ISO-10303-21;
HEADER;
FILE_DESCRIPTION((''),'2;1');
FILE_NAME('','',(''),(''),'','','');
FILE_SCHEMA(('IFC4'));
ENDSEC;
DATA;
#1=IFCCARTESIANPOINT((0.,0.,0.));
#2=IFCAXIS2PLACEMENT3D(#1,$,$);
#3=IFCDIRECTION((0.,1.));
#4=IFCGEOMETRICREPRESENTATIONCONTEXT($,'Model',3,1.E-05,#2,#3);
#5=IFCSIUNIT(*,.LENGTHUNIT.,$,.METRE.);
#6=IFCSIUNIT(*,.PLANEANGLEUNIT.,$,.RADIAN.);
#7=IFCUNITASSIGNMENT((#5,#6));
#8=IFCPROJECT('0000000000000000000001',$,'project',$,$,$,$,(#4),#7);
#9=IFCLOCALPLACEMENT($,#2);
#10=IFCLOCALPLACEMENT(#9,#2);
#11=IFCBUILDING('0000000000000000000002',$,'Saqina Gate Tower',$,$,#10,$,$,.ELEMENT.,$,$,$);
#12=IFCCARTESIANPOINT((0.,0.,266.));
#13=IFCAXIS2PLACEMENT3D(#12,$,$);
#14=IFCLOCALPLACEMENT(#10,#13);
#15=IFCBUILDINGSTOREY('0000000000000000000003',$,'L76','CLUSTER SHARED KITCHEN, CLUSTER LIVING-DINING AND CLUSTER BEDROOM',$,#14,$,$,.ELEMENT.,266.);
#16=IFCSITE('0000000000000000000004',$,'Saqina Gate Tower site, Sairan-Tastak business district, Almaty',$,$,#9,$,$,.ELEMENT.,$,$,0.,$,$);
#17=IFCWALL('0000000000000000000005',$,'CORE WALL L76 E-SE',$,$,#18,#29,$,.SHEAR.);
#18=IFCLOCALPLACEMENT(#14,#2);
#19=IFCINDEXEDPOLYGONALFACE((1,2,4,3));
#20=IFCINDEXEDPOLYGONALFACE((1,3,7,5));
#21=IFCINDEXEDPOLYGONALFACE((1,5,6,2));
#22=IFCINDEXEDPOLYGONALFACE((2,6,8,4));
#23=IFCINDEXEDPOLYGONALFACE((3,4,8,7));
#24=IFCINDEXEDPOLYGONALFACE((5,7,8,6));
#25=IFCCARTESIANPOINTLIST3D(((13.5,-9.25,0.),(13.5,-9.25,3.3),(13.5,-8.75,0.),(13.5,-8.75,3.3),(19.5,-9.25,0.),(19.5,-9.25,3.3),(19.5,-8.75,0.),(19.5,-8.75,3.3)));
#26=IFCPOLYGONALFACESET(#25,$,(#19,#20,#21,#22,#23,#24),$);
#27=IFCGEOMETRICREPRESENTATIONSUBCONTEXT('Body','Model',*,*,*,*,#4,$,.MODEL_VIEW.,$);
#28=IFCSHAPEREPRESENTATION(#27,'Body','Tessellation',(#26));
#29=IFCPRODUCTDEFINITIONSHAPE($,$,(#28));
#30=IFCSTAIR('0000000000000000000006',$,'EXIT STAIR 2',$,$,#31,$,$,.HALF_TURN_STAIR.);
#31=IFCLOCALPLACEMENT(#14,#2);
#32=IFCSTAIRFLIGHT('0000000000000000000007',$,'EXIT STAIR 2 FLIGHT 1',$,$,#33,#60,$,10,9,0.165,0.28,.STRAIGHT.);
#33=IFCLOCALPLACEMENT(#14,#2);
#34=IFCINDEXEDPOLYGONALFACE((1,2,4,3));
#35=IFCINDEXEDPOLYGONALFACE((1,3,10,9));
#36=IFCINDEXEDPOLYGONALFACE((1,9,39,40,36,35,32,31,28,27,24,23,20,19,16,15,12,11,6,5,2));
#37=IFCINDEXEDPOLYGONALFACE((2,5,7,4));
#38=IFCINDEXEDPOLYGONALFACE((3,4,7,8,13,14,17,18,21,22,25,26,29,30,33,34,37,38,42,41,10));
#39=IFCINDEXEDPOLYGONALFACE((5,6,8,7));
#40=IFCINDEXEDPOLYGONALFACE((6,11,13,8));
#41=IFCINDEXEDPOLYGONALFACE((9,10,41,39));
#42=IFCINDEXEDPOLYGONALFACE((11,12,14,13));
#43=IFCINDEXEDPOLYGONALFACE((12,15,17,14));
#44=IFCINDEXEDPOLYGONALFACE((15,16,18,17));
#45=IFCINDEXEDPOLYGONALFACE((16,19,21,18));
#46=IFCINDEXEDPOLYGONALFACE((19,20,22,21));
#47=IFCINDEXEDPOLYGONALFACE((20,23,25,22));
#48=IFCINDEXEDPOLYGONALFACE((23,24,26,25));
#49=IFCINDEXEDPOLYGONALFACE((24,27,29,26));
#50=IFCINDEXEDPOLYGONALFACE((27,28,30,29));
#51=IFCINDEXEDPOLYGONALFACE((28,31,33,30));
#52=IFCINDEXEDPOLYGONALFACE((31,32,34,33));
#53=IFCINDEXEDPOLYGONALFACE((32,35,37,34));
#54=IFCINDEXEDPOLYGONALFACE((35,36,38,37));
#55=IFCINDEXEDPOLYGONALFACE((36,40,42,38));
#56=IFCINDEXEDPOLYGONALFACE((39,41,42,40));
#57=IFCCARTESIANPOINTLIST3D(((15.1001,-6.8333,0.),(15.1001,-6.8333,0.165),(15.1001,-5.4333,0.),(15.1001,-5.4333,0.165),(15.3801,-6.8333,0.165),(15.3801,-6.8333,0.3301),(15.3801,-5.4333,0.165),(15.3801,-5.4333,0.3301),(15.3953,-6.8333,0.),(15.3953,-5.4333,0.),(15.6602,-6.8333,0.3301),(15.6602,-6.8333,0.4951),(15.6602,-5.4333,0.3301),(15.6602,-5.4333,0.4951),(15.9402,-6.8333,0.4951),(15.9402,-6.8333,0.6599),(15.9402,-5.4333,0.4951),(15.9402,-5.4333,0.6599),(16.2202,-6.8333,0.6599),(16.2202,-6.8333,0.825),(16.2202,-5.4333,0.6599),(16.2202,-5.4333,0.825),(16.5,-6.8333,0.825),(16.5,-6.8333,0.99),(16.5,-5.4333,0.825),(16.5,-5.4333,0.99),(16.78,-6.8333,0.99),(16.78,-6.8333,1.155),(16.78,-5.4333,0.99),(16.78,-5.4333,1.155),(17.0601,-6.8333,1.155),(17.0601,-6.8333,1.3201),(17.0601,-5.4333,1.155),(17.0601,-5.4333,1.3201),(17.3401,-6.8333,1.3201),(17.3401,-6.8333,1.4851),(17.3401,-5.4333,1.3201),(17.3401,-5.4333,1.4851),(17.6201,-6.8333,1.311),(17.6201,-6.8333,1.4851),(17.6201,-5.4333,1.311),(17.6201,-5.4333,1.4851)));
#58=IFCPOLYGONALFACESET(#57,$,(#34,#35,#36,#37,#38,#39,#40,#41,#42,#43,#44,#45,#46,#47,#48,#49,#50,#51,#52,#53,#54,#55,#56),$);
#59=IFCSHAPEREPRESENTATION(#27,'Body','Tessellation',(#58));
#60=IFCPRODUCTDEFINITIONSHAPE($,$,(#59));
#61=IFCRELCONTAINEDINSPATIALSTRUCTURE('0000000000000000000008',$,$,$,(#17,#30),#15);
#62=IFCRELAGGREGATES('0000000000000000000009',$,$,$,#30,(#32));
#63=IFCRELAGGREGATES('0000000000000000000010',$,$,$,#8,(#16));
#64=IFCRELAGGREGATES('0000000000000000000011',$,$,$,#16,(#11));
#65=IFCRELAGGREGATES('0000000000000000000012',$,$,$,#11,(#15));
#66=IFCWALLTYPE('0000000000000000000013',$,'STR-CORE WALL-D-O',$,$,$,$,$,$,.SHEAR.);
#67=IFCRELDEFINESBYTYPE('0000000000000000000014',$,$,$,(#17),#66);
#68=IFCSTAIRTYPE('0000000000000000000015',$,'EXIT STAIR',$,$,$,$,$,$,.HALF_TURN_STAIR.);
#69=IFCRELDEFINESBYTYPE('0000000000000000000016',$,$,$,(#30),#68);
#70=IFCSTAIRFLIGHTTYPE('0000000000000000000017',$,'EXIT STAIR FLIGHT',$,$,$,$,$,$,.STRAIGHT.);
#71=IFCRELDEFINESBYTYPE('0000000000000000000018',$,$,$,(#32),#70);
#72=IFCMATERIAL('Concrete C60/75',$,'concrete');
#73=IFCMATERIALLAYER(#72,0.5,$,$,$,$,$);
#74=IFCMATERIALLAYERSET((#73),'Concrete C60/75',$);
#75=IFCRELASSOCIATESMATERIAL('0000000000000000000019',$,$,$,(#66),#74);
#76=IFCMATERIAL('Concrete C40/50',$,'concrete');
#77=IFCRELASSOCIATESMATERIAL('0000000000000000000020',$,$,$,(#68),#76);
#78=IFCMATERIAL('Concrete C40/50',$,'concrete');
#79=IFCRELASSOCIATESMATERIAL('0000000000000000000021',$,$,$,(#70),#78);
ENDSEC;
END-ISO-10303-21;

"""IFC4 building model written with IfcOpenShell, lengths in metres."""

from ifc_helpers import new_model, si_unit, direction, frame, frame_2d, origin, place, context, subcontext, project, spatial, polyline, rectangle, outline, extrude, material, layer, layer_set, type_object, element, aggregate, save


model = new_model("IFC4")

# Units and contexts
model_context = context("Model", 3, precision=1e-05, world=origin(), true_north=direction((0.0, 1.0)))
body_context = subcontext(model_context, "Body", "Model", "MODEL_VIEW")
ifc_project = project(units=[si_unit("LENGTHUNIT", "METRE"), si_unit("PLANEANGLEUNIT", "RADIAN")], contexts=[model_context])

# Site, building, storey
site_placement = place(None, origin())
site = spatial("IfcSite", under=ifc_project, at=site_placement, Name="Saqina Gate Tower site, Sairan-Tastak business district, Almaty", CompositionType="ELEMENT", RefElevation=0.0)
building_placement = place(site_placement, origin())
building = spatial("IfcBuilding", under=site, at=building_placement, Name="Saqina Gate Tower", CompositionType="ELEMENT")
storey_placement = place(building_placement, frame((0.0, 0.0, 266.0)))
storey = spatial("IfcBuildingStorey", under=building, at=storey_placement, Name="L76", Description="CLUSTER SHARED KITCHEN, CLUSTER LIVING-DINING AND CLUSTER BEDROOM", CompositionType="ELEMENT", Elevation=266.0)

# Shared definitions
ifc_material_1 = material(Name="Concrete C60/75", Category="concrete")
ifc_layer_1 = layer(ifc_material_1, 0.5)
ifc_layer_set_1 = layer_set([ifc_layer_1], Name="Concrete C60/75")
wall_type_1 = type_object("IfcWallType", Name="STR-CORE WALL-D-O", PredefinedType="SHEAR", material=ifc_layer_set_1)

# Wall
wall_1_placement = place(storey_placement, frame((13.5, -9.0, 0.0), z_axis=(0.0, 0.0, 1.0), x_axis=(1.0, 0.0, 0.0)))
element("IfcWall", 1, at=wall_1_placement, inside=storey, type_object=wall_type_1, Name="CORE WALL L76 E-SE", PredefinedType="SHEAR", context=body_context, shape_type="SweptSolid", body=[
    extrude(rectangle(XDim=6.0, YDim=0.5, at=frame_2d((3.0, 0.0))), origin(), (0.0, 0.0, 1.0), 3.3),
])

# Stair, stair flight
ifc_material_2 = material(Name="Concrete C40/50", Category="concrete")
stair_type = type_object("IfcStairType", Name="EXIT STAIR", PredefinedType="HALF_TURN_STAIR", material=ifc_material_2)
stair_placement = place(storey_placement, origin())
stair = element("IfcStair", 2, at=stair_placement, inside=storey, type_object=stair_type, Name="EXIT STAIR 2", PredefinedType="HALF_TURN_STAIR")
ifc_material_3 = material(Name="Concrete C40/50", Category="concrete")
stair_flight_type = type_object("IfcStairFlightType", Name="EXIT STAIR FLIGHT", PredefinedType="STRAIGHT", material=ifc_material_3)
stair_flight_placement = place(storey_placement, frame((15.1001, -6.1333, 0.0), z_axis=(0.0, 0.0, 1.0), x_axis=(1.0, 0.0, 0.0)))
stair_flight = element("IfcStairFlight", 3, at=stair_flight_placement, type_object=stair_flight_type, Name="EXIT STAIR 2 FLIGHT 1", NumberOfRisers=10, NumberOfTreads=9, PredefinedType="STRAIGHT", RiserHeight=0.165, TreadLength=0.28, context=body_context, shape_type="SweptSolid", body=[
    extrude(outline(polyline([(0.0, 0.0), (0.0, 0.165), (0.28, 0.165), (0.28, 0.3301), (0.5601, 0.3301), (0.5601, 0.4951), (0.8401, 0.4951), (0.8401, 0.6599), (1.1201, 0.6599), (1.1201, 0.825), (1.3999, 0.825), (1.3999, 0.99), (1.6799, 0.99), (1.6799, 1.155), (1.96, 1.155), (1.96, 1.3201), (2.24, 1.3201), (2.24, 1.4851), (2.52, 1.4851), (2.52, 1.6499), (2.52, 1.311), (0.2952, 0.0), (0.0, 0.0)])), frame((0.0, 0.7, 0.0), z_axis=(0.0, -1.0, 0.0), x_axis=(1.0, 0.0, 0.0)), (0.0, 0.0, 1.0), 1.3999),
])
aggregate(stair, [stair_flight])

save(model, "model.ifc")
